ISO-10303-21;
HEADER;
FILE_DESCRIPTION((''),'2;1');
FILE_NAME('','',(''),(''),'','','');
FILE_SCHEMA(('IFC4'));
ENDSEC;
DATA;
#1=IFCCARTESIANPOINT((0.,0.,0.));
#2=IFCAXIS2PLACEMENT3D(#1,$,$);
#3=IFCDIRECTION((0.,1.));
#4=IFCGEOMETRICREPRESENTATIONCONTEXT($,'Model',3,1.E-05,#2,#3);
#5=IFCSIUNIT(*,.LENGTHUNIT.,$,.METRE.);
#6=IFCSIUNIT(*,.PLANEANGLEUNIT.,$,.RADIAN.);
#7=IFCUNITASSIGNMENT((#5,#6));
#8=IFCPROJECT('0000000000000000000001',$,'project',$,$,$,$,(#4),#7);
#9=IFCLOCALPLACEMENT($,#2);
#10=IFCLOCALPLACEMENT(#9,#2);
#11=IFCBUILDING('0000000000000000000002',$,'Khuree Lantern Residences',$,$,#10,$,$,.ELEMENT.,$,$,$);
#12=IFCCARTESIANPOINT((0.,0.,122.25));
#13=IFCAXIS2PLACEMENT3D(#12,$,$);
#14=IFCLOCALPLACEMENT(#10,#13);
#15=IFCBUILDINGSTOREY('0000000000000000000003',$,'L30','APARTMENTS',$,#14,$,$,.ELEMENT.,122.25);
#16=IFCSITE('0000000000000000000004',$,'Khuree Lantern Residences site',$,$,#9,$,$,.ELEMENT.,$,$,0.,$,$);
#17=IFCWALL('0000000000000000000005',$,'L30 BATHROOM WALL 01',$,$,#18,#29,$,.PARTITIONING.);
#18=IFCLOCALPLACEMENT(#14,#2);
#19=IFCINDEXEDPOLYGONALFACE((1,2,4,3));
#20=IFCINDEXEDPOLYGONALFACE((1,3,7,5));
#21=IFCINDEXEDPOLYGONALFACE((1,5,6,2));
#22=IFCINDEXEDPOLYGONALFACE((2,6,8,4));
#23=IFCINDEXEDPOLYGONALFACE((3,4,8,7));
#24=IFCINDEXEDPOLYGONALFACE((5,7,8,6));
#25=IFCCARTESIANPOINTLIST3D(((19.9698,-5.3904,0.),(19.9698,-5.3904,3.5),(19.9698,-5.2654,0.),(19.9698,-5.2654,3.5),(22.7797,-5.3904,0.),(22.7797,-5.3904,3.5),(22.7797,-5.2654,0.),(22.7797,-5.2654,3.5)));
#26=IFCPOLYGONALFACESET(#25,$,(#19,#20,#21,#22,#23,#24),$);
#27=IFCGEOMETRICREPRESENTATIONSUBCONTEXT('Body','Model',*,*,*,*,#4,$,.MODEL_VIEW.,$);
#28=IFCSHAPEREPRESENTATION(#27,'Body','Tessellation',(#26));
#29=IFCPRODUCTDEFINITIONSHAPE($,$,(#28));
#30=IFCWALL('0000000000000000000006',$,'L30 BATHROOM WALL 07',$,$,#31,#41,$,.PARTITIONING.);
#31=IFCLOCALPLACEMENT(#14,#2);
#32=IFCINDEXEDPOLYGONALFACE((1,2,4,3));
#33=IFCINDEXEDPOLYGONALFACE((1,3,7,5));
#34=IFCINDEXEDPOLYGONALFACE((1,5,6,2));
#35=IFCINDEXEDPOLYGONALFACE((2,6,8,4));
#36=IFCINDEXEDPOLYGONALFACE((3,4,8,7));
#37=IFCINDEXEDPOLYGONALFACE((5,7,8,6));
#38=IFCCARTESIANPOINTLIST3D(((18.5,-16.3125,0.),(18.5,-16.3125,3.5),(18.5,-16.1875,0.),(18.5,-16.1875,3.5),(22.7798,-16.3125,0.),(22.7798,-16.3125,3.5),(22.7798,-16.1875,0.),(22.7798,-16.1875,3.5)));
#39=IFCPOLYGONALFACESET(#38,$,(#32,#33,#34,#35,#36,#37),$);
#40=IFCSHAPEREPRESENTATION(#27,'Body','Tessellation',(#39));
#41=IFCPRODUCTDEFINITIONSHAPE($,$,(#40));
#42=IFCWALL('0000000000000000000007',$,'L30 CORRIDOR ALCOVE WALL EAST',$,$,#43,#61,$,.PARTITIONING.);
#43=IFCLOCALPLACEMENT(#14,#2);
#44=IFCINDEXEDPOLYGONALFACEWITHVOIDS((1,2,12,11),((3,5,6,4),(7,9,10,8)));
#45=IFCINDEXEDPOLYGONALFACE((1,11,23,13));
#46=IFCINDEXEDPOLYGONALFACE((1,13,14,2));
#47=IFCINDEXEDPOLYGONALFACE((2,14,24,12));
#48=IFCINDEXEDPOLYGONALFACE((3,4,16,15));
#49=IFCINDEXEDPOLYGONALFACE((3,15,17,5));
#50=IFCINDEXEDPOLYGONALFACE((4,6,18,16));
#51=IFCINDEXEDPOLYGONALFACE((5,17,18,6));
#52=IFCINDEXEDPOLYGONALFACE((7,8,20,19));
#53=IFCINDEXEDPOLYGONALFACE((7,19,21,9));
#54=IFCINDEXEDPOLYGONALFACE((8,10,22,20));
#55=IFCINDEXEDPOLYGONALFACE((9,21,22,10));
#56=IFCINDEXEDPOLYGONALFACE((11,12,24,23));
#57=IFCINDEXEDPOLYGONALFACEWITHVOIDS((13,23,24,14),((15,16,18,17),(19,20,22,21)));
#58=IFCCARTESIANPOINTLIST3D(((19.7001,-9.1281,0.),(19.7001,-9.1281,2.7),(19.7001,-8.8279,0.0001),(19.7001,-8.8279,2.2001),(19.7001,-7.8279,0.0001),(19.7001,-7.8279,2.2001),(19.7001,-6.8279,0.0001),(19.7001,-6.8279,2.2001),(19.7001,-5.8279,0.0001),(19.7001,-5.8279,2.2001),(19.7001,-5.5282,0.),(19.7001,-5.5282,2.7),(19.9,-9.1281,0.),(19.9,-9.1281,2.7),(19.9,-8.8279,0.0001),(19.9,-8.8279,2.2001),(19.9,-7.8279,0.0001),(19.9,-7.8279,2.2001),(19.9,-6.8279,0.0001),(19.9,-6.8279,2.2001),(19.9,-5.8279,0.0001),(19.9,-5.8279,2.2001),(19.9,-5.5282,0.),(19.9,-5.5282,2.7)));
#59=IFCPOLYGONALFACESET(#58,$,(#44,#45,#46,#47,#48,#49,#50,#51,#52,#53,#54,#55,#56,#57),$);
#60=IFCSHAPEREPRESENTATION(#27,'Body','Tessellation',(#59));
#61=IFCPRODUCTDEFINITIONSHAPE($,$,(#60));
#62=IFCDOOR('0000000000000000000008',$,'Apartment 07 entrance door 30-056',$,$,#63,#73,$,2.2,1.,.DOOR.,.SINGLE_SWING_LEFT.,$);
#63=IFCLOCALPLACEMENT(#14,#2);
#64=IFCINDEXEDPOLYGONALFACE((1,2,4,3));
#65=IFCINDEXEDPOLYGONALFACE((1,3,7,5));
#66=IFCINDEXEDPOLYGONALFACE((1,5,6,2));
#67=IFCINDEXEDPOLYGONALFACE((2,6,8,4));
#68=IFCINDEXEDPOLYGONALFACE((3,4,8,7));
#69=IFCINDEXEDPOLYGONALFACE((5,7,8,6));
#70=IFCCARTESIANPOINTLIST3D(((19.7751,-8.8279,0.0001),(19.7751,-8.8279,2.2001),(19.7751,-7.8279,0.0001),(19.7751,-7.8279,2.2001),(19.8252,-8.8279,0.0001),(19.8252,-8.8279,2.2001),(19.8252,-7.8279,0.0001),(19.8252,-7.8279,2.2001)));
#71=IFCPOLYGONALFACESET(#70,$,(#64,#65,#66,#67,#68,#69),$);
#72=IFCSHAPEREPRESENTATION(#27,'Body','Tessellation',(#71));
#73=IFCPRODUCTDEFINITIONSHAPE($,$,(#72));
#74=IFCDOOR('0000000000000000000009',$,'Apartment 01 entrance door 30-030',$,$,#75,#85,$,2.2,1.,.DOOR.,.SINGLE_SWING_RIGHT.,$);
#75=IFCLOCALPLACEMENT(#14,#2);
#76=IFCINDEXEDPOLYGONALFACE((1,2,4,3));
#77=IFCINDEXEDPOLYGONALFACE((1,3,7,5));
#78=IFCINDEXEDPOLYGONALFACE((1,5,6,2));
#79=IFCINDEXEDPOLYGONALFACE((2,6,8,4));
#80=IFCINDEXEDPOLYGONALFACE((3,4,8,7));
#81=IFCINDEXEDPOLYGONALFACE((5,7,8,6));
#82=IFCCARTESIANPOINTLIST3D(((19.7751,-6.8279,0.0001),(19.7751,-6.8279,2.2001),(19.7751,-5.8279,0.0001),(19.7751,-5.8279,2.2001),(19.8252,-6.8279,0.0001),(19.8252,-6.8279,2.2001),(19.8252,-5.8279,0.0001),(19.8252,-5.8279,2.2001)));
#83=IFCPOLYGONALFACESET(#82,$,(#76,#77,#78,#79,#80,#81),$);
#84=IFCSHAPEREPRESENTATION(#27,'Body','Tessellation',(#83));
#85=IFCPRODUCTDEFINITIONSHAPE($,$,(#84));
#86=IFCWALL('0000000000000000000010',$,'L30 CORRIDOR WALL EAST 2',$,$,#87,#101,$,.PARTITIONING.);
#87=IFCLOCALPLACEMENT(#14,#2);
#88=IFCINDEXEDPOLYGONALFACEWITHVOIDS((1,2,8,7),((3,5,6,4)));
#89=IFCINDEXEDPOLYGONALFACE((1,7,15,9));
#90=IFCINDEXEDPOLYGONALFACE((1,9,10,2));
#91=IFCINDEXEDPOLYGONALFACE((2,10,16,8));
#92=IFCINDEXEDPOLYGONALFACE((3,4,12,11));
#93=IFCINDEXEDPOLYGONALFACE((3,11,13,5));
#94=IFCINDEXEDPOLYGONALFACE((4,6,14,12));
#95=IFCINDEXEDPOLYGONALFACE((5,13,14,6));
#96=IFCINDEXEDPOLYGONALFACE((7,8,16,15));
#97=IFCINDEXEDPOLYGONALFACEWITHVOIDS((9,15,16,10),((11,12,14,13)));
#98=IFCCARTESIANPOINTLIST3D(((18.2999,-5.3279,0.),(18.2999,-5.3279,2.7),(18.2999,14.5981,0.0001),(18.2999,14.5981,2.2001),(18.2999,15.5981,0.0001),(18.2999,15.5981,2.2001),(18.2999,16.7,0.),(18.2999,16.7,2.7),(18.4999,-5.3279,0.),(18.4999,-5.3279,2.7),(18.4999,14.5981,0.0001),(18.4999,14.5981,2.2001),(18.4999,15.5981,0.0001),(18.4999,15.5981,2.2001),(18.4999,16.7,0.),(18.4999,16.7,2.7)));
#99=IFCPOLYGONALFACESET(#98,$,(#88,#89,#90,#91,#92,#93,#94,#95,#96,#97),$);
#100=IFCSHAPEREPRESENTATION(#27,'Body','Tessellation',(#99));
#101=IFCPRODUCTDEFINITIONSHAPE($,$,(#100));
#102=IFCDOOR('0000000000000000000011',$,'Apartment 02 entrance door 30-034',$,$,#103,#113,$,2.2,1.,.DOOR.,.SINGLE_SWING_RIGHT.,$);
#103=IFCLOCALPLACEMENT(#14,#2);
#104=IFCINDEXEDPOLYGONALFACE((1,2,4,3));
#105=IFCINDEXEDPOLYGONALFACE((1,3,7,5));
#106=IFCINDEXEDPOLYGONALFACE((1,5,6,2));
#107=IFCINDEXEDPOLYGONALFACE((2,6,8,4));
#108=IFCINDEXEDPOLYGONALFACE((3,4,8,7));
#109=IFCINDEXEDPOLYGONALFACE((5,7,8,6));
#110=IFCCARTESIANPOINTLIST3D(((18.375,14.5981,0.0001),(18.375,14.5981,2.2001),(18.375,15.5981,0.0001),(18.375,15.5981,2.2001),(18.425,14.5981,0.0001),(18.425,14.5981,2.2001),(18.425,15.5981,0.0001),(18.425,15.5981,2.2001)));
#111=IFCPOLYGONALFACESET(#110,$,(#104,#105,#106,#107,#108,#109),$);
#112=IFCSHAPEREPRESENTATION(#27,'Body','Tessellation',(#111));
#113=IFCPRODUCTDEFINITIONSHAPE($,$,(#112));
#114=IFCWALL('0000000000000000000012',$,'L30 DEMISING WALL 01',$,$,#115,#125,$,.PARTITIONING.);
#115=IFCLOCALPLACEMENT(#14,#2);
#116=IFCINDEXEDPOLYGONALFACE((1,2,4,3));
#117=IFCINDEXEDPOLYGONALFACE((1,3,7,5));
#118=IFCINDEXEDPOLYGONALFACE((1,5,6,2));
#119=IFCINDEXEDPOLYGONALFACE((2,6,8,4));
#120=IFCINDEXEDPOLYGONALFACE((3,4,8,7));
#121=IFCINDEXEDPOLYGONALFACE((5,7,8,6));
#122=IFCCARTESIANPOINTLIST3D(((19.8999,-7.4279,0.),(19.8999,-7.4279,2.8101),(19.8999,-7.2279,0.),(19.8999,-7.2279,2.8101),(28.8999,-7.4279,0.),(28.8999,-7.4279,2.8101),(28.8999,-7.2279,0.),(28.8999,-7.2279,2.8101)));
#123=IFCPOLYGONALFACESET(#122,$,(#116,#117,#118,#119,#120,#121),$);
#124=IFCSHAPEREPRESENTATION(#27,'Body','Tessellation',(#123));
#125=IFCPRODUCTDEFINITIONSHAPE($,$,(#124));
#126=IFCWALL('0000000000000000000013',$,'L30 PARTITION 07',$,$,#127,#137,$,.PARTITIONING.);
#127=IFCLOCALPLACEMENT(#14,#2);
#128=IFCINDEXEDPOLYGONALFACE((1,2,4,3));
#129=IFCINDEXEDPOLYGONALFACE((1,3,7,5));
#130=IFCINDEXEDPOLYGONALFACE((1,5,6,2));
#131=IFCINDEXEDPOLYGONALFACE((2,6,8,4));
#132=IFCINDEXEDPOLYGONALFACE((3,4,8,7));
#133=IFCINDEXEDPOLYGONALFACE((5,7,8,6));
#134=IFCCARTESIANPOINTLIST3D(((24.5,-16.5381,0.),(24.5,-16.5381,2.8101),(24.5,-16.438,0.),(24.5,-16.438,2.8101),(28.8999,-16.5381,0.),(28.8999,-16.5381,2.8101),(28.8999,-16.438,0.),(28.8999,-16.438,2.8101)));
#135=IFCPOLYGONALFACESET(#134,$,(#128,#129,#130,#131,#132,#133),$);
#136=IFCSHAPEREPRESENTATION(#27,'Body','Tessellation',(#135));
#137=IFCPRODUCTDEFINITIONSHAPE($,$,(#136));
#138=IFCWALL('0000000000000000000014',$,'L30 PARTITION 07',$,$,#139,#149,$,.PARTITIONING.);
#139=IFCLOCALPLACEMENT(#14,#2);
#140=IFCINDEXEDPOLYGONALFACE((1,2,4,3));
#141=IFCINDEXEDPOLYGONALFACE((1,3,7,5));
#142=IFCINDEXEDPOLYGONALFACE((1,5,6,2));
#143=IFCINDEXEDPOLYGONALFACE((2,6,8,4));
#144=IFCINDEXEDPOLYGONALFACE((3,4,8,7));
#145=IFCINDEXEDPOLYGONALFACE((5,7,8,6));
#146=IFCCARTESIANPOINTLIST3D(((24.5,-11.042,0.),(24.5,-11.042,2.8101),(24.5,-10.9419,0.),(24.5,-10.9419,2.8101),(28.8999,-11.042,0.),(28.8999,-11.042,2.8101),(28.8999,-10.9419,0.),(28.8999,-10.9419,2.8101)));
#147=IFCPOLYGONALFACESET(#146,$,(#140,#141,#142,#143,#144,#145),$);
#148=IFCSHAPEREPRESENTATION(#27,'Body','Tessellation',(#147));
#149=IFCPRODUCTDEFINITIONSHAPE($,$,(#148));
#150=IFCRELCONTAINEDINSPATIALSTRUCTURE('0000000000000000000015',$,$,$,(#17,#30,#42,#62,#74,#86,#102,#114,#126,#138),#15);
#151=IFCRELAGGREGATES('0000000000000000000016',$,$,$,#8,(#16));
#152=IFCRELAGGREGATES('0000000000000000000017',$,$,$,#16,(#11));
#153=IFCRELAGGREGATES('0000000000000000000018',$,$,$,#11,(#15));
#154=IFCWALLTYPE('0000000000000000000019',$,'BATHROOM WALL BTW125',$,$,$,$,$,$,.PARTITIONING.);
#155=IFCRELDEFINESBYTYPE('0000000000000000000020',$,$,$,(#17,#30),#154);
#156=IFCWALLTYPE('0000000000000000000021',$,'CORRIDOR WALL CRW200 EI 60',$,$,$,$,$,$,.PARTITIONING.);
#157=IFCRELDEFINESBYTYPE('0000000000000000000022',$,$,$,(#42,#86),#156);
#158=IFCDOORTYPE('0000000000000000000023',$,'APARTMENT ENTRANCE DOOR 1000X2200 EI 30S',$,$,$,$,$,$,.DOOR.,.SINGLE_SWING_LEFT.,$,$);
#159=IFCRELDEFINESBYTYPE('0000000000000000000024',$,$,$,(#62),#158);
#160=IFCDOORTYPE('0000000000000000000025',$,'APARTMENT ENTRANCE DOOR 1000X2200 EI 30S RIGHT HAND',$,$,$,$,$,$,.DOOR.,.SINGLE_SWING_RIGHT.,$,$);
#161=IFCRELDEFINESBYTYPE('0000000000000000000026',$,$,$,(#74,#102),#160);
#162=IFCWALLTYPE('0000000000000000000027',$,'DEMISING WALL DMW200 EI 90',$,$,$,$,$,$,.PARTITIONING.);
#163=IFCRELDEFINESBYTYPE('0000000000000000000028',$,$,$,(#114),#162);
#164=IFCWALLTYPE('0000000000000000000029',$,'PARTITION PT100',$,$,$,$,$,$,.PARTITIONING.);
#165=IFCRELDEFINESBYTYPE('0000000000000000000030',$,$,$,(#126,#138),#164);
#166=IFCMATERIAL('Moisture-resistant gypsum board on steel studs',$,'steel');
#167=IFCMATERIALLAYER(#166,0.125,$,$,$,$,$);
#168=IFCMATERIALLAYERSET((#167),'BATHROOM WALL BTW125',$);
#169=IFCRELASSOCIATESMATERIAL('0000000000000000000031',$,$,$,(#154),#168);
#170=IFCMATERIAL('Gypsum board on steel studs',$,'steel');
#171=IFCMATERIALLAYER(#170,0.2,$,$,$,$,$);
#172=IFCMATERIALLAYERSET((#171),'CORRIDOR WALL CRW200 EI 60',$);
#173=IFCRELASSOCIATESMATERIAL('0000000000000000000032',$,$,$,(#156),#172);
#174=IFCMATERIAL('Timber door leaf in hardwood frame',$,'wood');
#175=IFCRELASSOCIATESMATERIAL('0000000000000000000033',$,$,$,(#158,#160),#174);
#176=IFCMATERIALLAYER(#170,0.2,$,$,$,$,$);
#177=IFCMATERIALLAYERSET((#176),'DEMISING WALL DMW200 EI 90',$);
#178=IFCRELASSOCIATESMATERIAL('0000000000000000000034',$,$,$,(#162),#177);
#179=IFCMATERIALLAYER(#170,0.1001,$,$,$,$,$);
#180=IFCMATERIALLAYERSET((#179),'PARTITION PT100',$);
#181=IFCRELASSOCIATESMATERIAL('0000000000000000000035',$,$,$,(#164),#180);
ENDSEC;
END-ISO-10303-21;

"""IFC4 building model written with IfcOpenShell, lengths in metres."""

from ifc_helpers import new_model, si_unit, direction, frame, frame_2d, origin, place, context, subcontext, project, spatial, rectangle, extrude, material, layer, layer_set, type_object, element, fill, save


model = new_model("IFC4")

# Units and contexts
model_context = context("Model", 3, precision=1e-05, world=origin(), true_north=direction((0.0, 1.0)))
body_context = subcontext(model_context, "Body", "Model", "MODEL_VIEW")
ifc_project = project(units=[si_unit("LENGTHUNIT", "METRE"), si_unit("PLANEANGLEUNIT", "RADIAN")], contexts=[model_context])

# Site, building, storey
site_placement = place(None, origin())
site = spatial("IfcSite", under=ifc_project, at=site_placement, Name="Khuree Lantern Residences site", CompositionType="ELEMENT", RefElevation=0.0)
building_placement = place(site_placement, origin())
building = spatial("IfcBuilding", under=site, at=building_placement, Name="Khuree Lantern Residences", CompositionType="ELEMENT")
storey_placement = place(building_placement, frame((0.0, 0.0, 122.25)))
storey = spatial("IfcBuildingStorey", under=building, at=storey_placement, Name="L30", Description="APARTMENTS", CompositionType="ELEMENT", Elevation=122.25)

# Shared definitions
ifc_material_1 = material(Name="Moisture-resistant gypsum board on steel studs", Category="steel")
ifc_layer_1 = layer(ifc_material_1, 0.125)
ifc_layer_set_1 = layer_set([ifc_layer_1], Name="BATHROOM WALL BTW125")
wall_type_1 = type_object("IfcWallType", Name="BATHROOM WALL BTW125", PredefinedType="PARTITIONING", material=ifc_layer_set_1)
ifc_material_2 = material(Name="Timber door leaf in hardwood frame", Category="wood")

# Walls
wall_1_placement = place(storey_placement, frame((19.97, -5.3279, 0.0), z_axis=(0.0, 0.0, 1.0), x_axis=(1.0, 0.0, 0.0)))
element("IfcWall", 1, at=wall_1_placement, inside=storey, type_object=wall_type_1, Name="L30 BATHROOM WALL 01", PredefinedType="PARTITIONING", context=body_context, shape_type="SweptSolid", body=[
    extrude(rectangle(XDim=2.8098, YDim=0.125, at=frame_2d((1.4048, 0.0))), origin(), (0.0, 0.0, 1.0), 3.5),
])
wall_2_placement = place(storey_placement, frame((18.5, -16.25, 0.0), z_axis=(0.0, 0.0, 1.0), x_axis=(1.0, 0.0, 0.0)))
element("IfcWall", 2, at=wall_2_placement, inside=storey, type_object=wall_type_1, Name="L30 BATHROOM WALL 07", PredefinedType="PARTITIONING", context=body_context, shape_type="SweptSolid", body=[
    extrude(rectangle(XDim=4.2798, YDim=0.125, at=frame_2d((2.1399, 0.0))), origin(), (0.0, 0.0, 1.0), 3.5),
])

# Wall, openings, doors
ifc_material_3 = material(Name="Gypsum board on steel studs", Category="steel")
ifc_layer_2 = layer(ifc_material_3, 0.2)
ifc_layer_set_2 = layer_set([ifc_layer_2], Name="CORRIDOR WALL CRW200 EI 60")
wall_type_2 = type_object("IfcWallType", Name="CORRIDOR WALL CRW200 EI 60", PredefinedType="PARTITIONING", material=ifc_layer_set_2)
wall_3_placement = place(storey_placement, frame((19.8, -9.1279, 0.0), z_axis=(0.0, 0.0, 1.0), x_axis=(0.0, 1.0, 0.0)))
wall_3 = element("IfcWall", 3, at=wall_3_placement, inside=storey, type_object=wall_type_2, Name="L30 CORRIDOR ALCOVE WALL EAST", PredefinedType="PARTITIONING", context=body_context, shape_type="SweptSolid", body=[
    extrude(rectangle(XDim=3.5999, YDim=0.2, at=frame_2d((1.7998, 0.0))), origin(), (0.0, 0.0, 1.0), 2.7),
])
opening_1_placement = place(wall_3_placement, frame((2.3, 0.0, 0.0)))
opening_1 = element("IfcOpeningElement", 4, at=opening_1_placement, cuts=wall_3, PredefinedType="OPENING", context=body_context, shape_type="SweptSolid", body=[
    extrude(rectangle(XDim=1.0, YDim=2.2, at=frame_2d((0.5, 1.1001))), frame((0.0, 0.1099, 0.0), z_axis=(0.0, -1.0, 0.0), x_axis=(1.0, 0.0, 0.0)), (0.0, 0.0, 1.0), 0.22),
])
opening_2_placement = place(wall_3_placement, frame((0.3, 0.0, 0.0)))
opening_2 = element("IfcOpeningElement", 5, at=opening_2_placement, cuts=wall_3, PredefinedType="OPENING", context=body_context, shape_type="SweptSolid", body=[
    extrude(rectangle(XDim=1.0, YDim=2.2, at=frame_2d((0.5, 1.1001))), frame((0.0, 0.1099, 0.0), z_axis=(0.0, -1.0, 0.0), x_axis=(1.0, 0.0, 0.0)), (0.0, 0.0, 1.0), 0.22),
])
door_type_1 = type_object("IfcDoorType", Name="APARTMENT ENTRANCE DOOR 1000X2200 EI 30S", OperationType="SINGLE_SWING_LEFT", PredefinedType="DOOR", material=ifc_material_2)
door_1_placement = place(opening_2_placement, origin())
door_1 = element("IfcDoor", 6, at=door_1_placement, inside=storey, type_object=door_type_1, Name="Apartment 07 entrance door 30-056", OperationType="SINGLE_SWING_LEFT", OverallHeight=2.2, OverallWidth=1.0, PredefinedType="DOOR", context=body_context, shape_type="SweptSolid", body=[
    extrude(rectangle(XDim=1.0, YDim=2.2, at=frame_2d((0.5, 1.1001))), frame((0.0, 0.0249, 0.0), z_axis=(0.0, -1.0, 0.0), x_axis=(1.0, 0.0, 0.0)), (0.0, 0.0, 1.0), 0.05),
])
fill(opening_2, door_1)
door_type_2 = type_object("IfcDoorType", Name="APARTMENT ENTRANCE DOOR 1000X2200 EI 30S RIGHT HAND", OperationType="SINGLE_SWING_RIGHT", PredefinedType="DOOR", material=ifc_material_2)
door_2_placement = place(opening_1_placement, origin())
door_2 = element("IfcDoor", 7, at=door_2_placement, inside=storey, type_object=door_type_2, Name="Apartment 01 entrance door 30-030", OperationType="SINGLE_SWING_RIGHT", OverallHeight=2.2, OverallWidth=1.0, PredefinedType="DOOR", context=body_context, shape_type="SweptSolid", body=[
    extrude(rectangle(XDim=1.0, YDim=2.2, at=frame_2d((0.5, 1.1001))), frame((0.0, 0.0249, 0.0), z_axis=(0.0, -1.0, 0.0), x_axis=(1.0, 0.0, 0.0)), (0.0, 0.0, 1.0), 0.05),
])
fill(opening_1, door_2)

# Wall, opening, door
wall_4_placement = place(storey_placement, frame((18.3999, -5.3279, 0.0), z_axis=(0.0, 0.0, 1.0), x_axis=(0.0, 1.0, 0.0)))
wall_4 = element("IfcWall", 8, at=wall_4_placement, inside=storey, type_object=wall_type_2, Name="L30 CORRIDOR WALL EAST 2", PredefinedType="PARTITIONING", context=body_context, shape_type="SweptSolid", body=[
    extrude(rectangle(XDim=22.0278, YDim=0.2, at=frame_2d((11.0139, 0.0))), origin(), (0.0, 0.0, 1.0), 2.7),
])
opening_3_placement = place(wall_4_placement, frame((19.926, 0.0, 0.0)))
opening_3 = element("IfcOpeningElement", 9, at=opening_3_placement, cuts=wall_4, PredefinedType="OPENING", context=body_context, shape_type="SweptSolid", body=[
    extrude(rectangle(XDim=1.0, YDim=2.2, at=frame_2d((0.5, 1.1001))), frame((0.0, 0.1099, 0.0), z_axis=(0.0, -1.0, 0.0), x_axis=(1.0, 0.0, 0.0)), (0.0, 0.0, 1.0), 0.22),
])
door_3_placement = place(opening_3_placement, origin())
door_3 = element("IfcDoor", 10, at=door_3_placement, inside=storey, type_object=door_type_2, Name="Apartment 02 entrance door 30-034", OperationType="SINGLE_SWING_RIGHT", OverallHeight=2.2, OverallWidth=1.0, PredefinedType="DOOR", context=body_context, shape_type="SweptSolid", body=[
    extrude(rectangle(XDim=1.0, YDim=2.2, at=frame_2d((0.5, 1.1001))), frame((0.0, 0.0249, 0.0), z_axis=(0.0, -1.0, 0.0), x_axis=(1.0, 0.0, 0.0)), (0.0, 0.0, 1.0), 0.05),
])
fill(opening_3, door_3)

# Walls
ifc_layer_3 = layer(ifc_material_3, 0.2)
ifc_layer_set_3 = layer_set([ifc_layer_3], Name="DEMISING WALL DMW200 EI 90")
wall_type_3 = type_object("IfcWallType", Name="DEMISING WALL DMW200 EI 90", PredefinedType="PARTITIONING", material=ifc_layer_set_3)
wall_5_placement = place(storey_placement, frame((19.8999, -7.3279, 0.0), z_axis=(0.0, 0.0, 1.0), x_axis=(1.0, 0.0, 0.0)))
element("IfcWall", 11, at=wall_5_placement, inside=storey, type_object=wall_type_3, Name="L30 DEMISING WALL 01", PredefinedType="PARTITIONING", context=body_context, shape_type="SweptSolid", body=[
    extrude(rectangle(XDim=9.0, YDim=0.2, at=frame_2d((4.5, 0.0))), origin(), (0.0, 0.0, 1.0), 2.8101),
])
ifc_layer_4 = layer(ifc_material_3, 0.1001)
ifc_layer_set_4 = layer_set([ifc_layer_4], Name="PARTITION PT100")
wall_type_4 = type_object("IfcWallType", Name="PARTITION PT100", PredefinedType="PARTITIONING", material=ifc_layer_set_4)
for number, where, z_axis, x_axis, name in (
    (12, (24.5, -16.488, 0.0), (0.0, 0.0, 1.0), (1.0, 0.0, 0.0), "L30 PARTITION 07"),
    (13, (24.5, -10.9919, 0.0), (0.0, 0.0, 1.0), (1.0, 0.0, 0.0), "L30 PARTITION 07"),
):
    element("IfcWall", number, at=place(storey_placement, frame(where, z_axis=z_axis, x_axis=x_axis)), inside=storey, type_object=wall_type_4, Name=name, PredefinedType="PARTITIONING", context=body_context, shape_type="SweptSolid", body=[
        extrude(rectangle(XDim=4.3999, YDim=0.1001, at=frame_2d((2.2, 0.0))), origin(), (0.0, 0.0, 1.0), 2.8101),
    ])

save(model, "model.ifc")
